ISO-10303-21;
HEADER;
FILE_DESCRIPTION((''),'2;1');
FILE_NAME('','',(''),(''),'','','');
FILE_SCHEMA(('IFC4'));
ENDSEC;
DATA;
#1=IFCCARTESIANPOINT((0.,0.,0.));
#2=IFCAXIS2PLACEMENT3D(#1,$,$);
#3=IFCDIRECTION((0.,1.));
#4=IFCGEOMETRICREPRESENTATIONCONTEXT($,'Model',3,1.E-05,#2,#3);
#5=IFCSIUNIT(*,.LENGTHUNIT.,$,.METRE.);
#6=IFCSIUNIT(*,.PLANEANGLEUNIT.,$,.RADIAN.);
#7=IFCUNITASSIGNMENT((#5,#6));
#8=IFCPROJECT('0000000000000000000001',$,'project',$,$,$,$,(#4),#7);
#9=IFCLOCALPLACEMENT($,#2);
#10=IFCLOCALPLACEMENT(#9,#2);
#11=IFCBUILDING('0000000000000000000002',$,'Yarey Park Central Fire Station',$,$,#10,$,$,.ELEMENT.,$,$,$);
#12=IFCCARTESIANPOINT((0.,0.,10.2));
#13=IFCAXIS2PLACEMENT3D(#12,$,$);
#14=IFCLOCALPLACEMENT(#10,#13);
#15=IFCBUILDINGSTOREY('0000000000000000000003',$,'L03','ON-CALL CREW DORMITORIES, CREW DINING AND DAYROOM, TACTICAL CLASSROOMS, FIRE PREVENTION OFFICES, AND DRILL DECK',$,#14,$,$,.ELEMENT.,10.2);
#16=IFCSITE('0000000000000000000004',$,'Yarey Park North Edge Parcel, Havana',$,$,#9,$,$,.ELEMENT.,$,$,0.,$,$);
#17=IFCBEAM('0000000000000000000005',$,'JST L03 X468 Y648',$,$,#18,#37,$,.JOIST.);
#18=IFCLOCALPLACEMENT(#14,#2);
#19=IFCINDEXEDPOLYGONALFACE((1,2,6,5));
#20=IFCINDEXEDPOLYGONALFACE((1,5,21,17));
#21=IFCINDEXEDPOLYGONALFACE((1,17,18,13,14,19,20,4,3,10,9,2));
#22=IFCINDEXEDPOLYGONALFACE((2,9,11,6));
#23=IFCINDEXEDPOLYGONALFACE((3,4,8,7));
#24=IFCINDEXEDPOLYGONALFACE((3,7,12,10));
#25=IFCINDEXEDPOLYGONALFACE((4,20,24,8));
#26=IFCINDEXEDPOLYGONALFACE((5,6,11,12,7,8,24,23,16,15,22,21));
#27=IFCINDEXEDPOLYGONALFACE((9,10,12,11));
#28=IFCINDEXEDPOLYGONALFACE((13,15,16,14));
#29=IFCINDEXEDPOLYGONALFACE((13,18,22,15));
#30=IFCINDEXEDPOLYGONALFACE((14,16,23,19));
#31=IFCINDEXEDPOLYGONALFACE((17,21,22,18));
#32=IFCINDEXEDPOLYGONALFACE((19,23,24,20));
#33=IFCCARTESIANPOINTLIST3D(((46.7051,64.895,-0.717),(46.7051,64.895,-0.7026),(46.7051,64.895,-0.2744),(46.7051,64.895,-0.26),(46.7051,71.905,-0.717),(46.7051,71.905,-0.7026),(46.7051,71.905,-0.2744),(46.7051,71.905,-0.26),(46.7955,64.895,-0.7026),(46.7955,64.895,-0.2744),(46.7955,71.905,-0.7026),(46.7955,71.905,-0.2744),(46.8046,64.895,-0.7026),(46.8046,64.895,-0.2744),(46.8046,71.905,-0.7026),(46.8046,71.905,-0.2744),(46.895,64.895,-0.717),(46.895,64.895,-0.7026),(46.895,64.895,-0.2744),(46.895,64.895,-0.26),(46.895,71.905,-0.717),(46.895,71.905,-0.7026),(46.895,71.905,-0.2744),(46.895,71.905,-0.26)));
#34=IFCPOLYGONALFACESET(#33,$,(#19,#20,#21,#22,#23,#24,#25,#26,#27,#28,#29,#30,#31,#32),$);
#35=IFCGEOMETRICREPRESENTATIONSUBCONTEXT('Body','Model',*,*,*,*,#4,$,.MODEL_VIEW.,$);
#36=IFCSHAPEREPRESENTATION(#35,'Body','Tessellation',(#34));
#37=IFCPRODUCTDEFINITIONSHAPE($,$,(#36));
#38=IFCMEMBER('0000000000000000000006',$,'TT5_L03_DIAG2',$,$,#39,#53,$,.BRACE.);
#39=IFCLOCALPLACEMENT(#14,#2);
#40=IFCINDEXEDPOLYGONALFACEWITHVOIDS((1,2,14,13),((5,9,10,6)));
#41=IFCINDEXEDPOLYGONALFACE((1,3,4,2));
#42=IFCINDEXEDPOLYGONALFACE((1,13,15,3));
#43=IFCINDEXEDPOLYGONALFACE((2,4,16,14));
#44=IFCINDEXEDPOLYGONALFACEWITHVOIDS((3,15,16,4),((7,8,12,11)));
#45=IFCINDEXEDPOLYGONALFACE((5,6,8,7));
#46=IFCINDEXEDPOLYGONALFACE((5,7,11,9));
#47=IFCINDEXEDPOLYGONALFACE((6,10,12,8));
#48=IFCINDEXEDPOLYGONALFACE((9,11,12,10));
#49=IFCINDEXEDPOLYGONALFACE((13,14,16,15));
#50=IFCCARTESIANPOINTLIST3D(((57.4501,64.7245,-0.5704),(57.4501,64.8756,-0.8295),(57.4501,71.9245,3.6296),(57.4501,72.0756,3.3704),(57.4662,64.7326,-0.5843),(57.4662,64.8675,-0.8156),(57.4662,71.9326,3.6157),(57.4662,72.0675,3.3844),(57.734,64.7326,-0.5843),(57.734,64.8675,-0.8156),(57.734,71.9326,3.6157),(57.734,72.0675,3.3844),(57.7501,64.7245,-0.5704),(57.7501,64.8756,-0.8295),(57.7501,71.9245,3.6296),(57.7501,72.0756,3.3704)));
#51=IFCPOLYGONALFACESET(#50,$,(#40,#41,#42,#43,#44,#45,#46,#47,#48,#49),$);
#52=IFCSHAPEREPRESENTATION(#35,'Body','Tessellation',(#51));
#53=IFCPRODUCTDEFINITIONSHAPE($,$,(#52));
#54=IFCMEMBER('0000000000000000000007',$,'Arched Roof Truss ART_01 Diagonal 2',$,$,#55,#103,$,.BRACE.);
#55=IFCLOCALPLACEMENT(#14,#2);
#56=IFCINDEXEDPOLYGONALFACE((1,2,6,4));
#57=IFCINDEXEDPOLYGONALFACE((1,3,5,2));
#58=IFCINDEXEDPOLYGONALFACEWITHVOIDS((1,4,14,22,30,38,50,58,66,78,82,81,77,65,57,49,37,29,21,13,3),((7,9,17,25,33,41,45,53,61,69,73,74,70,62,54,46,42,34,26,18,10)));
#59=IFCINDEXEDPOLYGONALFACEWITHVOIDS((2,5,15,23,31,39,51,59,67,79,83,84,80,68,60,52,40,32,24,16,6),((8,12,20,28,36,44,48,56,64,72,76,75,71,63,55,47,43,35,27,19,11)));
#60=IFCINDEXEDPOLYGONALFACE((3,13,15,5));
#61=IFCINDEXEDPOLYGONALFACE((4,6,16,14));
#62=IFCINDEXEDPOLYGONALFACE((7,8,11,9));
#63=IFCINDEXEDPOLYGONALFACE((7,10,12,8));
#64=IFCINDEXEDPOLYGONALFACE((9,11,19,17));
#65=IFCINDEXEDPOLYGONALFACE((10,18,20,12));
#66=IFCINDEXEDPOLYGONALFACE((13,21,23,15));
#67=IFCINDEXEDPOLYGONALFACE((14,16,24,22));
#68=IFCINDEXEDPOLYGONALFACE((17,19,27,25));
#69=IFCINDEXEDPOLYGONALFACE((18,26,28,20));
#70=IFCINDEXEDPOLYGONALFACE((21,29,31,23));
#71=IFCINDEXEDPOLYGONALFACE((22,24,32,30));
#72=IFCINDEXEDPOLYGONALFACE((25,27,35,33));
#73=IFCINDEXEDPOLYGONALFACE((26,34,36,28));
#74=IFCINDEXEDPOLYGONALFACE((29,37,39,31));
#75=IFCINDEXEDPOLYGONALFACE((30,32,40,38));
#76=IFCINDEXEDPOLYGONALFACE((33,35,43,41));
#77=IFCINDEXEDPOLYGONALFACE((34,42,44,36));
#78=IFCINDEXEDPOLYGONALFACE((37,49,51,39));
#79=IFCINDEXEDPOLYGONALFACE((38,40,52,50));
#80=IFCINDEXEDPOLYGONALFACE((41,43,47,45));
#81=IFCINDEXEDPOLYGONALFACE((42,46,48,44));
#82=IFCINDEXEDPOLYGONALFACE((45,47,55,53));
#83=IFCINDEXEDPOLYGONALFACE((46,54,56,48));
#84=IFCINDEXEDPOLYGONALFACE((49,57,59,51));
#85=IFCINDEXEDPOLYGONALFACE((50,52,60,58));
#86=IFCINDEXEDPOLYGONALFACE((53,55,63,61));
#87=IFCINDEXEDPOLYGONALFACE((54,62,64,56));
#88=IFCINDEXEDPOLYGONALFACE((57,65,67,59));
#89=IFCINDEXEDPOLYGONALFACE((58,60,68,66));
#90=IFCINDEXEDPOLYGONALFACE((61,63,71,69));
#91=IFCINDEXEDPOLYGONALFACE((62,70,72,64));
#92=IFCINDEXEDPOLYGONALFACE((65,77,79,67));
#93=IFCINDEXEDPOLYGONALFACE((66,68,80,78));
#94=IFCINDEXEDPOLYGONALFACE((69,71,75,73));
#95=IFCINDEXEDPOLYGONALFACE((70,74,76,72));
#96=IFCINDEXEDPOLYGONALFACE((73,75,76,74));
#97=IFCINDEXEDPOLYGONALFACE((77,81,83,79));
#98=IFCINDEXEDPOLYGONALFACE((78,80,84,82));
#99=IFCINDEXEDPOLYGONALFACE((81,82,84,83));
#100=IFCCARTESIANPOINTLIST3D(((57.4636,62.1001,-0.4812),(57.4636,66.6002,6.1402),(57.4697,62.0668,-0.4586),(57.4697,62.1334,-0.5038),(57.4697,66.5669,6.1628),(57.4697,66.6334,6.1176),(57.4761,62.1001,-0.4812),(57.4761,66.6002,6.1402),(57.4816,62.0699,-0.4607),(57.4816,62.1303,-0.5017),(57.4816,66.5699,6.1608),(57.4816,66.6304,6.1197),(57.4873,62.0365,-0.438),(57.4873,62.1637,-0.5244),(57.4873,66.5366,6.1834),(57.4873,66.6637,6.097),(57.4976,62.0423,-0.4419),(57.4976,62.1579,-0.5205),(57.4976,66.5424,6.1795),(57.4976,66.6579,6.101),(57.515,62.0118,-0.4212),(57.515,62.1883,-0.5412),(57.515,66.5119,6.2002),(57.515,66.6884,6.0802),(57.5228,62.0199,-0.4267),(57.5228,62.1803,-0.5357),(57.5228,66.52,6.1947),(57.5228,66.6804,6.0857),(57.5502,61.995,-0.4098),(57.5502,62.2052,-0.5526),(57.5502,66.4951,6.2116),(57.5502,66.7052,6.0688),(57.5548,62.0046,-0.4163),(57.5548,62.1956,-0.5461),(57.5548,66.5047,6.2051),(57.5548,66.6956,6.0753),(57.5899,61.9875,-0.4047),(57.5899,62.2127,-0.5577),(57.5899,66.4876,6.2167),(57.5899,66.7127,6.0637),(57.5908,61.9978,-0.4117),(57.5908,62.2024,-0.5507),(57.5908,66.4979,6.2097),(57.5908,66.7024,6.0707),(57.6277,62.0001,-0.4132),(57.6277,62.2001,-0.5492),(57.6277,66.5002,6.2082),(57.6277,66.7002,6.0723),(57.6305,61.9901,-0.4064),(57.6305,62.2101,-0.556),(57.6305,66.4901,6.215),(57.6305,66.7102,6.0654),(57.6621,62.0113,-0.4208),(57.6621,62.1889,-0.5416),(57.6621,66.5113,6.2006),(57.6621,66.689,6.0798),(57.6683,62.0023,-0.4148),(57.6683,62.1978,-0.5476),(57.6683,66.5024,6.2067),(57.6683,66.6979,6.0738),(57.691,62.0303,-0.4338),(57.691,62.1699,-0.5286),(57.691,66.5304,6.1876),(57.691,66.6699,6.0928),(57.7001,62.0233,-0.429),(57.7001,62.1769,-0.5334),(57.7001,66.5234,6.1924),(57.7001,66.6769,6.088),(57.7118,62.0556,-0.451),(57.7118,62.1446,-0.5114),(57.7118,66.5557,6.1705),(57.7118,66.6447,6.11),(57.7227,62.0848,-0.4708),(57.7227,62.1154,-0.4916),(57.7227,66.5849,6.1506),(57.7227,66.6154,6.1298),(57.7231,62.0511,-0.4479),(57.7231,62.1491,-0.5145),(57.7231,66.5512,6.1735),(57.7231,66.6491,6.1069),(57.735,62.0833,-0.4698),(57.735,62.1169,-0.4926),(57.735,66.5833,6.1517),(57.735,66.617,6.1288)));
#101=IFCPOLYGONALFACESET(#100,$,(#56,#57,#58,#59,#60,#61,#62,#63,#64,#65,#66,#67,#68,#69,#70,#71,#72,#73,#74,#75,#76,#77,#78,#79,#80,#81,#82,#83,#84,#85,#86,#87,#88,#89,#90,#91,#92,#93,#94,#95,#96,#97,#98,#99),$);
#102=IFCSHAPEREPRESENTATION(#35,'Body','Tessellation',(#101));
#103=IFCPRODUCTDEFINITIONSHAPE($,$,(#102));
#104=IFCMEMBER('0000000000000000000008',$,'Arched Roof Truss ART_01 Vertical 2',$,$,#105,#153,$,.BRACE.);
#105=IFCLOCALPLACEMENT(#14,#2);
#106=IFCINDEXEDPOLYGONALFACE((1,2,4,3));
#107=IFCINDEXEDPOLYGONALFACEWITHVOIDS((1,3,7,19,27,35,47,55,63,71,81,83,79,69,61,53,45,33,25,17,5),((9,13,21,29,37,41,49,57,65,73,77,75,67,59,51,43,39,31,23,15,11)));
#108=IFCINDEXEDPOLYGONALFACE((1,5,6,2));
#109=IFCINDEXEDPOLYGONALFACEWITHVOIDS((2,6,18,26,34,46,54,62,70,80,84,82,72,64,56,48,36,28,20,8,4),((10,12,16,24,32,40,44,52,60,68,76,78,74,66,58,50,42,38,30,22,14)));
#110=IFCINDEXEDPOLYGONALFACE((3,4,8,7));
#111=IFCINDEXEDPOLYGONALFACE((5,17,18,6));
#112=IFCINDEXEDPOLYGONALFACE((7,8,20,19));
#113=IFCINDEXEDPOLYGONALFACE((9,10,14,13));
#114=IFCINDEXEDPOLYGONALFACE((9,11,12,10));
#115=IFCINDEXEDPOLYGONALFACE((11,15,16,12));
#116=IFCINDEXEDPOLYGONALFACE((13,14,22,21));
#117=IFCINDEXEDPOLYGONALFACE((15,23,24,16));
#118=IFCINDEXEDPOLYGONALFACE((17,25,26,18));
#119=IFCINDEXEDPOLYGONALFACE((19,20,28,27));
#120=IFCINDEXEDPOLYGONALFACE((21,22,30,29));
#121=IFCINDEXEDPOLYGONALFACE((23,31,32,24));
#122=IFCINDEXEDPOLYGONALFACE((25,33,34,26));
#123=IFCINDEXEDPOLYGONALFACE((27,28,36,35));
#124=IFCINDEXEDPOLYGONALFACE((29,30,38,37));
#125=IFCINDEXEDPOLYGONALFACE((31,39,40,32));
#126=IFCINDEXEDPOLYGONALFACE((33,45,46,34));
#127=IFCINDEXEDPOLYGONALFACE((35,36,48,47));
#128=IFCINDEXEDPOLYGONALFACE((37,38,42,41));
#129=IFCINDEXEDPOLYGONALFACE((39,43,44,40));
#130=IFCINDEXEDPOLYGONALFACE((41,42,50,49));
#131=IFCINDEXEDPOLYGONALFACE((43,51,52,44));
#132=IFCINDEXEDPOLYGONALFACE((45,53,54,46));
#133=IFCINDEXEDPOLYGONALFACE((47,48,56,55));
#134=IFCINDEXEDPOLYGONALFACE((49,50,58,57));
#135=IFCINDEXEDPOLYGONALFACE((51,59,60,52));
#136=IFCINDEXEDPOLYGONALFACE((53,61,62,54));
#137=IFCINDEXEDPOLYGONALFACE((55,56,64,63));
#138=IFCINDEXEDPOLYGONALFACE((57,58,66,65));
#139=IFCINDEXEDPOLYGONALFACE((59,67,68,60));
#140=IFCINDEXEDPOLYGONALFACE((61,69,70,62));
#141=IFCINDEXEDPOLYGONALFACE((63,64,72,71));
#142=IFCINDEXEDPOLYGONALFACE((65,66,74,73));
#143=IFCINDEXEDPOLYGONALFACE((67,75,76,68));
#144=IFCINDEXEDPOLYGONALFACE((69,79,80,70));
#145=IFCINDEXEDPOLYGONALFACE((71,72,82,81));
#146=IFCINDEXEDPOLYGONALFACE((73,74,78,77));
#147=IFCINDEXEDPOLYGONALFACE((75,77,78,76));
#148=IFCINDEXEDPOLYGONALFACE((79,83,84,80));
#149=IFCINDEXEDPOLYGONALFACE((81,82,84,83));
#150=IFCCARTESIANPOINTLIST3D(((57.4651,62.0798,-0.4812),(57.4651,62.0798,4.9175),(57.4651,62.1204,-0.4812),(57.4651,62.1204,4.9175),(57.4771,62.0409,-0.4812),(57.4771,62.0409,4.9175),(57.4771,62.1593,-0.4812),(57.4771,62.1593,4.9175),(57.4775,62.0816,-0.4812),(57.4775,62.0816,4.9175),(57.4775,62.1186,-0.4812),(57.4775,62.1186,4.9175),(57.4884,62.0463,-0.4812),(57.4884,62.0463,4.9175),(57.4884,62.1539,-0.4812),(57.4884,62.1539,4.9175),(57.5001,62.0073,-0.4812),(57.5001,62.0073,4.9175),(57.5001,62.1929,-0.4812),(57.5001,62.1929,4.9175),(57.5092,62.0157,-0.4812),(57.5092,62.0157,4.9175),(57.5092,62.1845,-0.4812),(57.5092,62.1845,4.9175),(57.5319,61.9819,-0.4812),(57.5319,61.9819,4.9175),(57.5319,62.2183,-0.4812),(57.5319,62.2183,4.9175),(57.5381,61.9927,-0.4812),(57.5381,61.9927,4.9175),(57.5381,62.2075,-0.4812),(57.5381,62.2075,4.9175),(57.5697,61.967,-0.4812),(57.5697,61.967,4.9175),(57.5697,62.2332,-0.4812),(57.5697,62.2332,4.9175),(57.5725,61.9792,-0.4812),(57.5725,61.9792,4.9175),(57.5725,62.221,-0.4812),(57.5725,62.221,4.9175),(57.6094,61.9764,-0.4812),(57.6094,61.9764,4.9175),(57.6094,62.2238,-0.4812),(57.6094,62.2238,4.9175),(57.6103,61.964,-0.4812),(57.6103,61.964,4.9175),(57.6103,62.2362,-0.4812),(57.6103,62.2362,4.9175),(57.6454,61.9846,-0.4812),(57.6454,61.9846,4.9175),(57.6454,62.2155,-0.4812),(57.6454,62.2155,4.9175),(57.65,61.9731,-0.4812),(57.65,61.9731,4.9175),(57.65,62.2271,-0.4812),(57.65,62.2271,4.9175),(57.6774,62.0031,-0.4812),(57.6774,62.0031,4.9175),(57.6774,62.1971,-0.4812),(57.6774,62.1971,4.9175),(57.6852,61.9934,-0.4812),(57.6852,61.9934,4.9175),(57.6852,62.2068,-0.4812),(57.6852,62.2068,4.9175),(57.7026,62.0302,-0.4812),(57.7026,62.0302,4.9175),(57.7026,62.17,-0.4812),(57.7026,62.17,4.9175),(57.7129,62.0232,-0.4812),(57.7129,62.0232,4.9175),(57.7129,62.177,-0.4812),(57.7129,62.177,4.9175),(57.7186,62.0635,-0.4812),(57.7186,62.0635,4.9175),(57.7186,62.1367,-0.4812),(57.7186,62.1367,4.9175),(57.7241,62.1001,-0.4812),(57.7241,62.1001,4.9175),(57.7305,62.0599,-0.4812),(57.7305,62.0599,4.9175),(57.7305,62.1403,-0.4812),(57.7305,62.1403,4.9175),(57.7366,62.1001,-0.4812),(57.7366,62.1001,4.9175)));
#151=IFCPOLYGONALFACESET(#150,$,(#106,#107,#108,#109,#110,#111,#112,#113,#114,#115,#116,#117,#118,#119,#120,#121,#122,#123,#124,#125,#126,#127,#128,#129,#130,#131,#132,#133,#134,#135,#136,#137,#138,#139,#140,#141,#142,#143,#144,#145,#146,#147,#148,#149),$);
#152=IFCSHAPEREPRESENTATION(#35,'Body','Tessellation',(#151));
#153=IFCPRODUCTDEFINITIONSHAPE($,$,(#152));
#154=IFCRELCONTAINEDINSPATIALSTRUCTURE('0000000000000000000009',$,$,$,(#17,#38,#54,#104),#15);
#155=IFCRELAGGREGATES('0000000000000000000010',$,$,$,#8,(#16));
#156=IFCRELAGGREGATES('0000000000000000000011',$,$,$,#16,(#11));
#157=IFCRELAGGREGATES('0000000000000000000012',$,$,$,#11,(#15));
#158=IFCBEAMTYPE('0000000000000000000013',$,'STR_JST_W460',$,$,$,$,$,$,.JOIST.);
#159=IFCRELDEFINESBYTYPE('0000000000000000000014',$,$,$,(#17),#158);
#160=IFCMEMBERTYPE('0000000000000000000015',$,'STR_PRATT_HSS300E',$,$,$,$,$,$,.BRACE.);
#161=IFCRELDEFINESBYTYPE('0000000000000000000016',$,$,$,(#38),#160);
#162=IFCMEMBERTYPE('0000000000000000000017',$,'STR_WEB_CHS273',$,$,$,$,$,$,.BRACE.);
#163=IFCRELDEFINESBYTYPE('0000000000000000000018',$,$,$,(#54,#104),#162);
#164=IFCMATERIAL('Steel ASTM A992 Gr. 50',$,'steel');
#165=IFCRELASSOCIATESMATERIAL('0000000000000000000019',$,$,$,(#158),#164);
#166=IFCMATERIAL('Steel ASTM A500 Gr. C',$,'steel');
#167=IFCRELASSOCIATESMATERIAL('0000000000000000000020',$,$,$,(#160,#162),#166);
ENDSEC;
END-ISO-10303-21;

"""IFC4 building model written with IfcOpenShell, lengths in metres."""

from ifc_helpers import new_model, si_unit, direction, frame, origin, origin_2d, place, context, subcontext, project, spatial, hollow_rectangle, hollow_circle, i_section, extrude, material, material_profile, profile_set, type_object, element, save


model = new_model("IFC4")

# Units and contexts
model_context = context("Model", 3, precision=1e-05, world=origin(), true_north=direction((0.0, 1.0)))
body_context = subcontext(model_context, "Body", "Model", "MODEL_VIEW")
ifc_project = project(units=[si_unit("LENGTHUNIT", "METRE"), si_unit("PLANEANGLEUNIT", "RADIAN")], contexts=[model_context])

# Site, building, storey
site_placement = place(None, origin())
site = spatial("IfcSite", under=ifc_project, at=site_placement, Name="Yarey Park North Edge Parcel, Havana", CompositionType="ELEMENT", RefElevation=0.0)
building_placement = place(site_placement, origin())
building = spatial("IfcBuilding", under=site, at=building_placement, Name="Yarey Park Central Fire Station", CompositionType="ELEMENT")
storey_placement = place(building_placement, frame((0.0, 0.0, 10.2)))
storey = spatial("IfcBuildingStorey", under=building, at=storey_placement, Name="L03", Description="ON-CALL CREW DORMITORIES, CREW DINING AND DAYROOM, TACTICAL CLASSROOMS, FIRE PREVENTION OFFICES, AND DRILL DECK", CompositionType="ELEMENT", Elevation=10.2)

# Shared definitions
ifc_material_1 = material(Name="Steel ASTM A992 Gr. 50", Category="steel")

# Shared definitions
ifc_material_2 = material(Name="Steel ASTM A500 Gr. C", Category="steel")

# Beam
ifc_material_profile_1 = material_profile(ifc_material_1, i_section(OverallWidth=0.1899, OverallDepth=0.457, WebThickness=0.009, FlangeThickness=0.0144, at=origin_2d()), Name="W460x74")
ifc_profile_set_1 = profile_set([ifc_material_profile_1], Name="Steel ASTM A992 Gr. 50")
beam_type_1 = type_object("IfcBeamType", Name="STR_JST_W460", PredefinedType="JOIST", material=ifc_profile_set_1)
beam_1_placement = place(storey_placement, frame((46.8, 64.895, -0.4885), z_axis=(0.0, 1.0, 0.0), x_axis=(-1.0, 0.0, 0.0)))
element("IfcBeam", 1, at=beam_1_placement, inside=storey, type_object=beam_type_1, Name="JST L03 X468 Y648", PredefinedType="JOIST", context=body_context, shape_type="SweptSolid", body=[
    extrude(i_section(OverallWidth=0.1899, OverallDepth=0.457, WebThickness=0.009, FlangeThickness=0.0144, at=origin_2d()), origin(), (0.0, 0.0, 1.0), 7.01),
])

# Members
ifc_material_profile_2 = material_profile(ifc_material_2, hollow_rectangle(XDim=0.3, YDim=0.3, WallThickness=0.0161, at=origin_2d()), Name="HSS 300x300x16")
ifc_profile_set_2 = profile_set([ifc_material_profile_2], Name="Steel ASTM A500 Gr. C")
member_type_1 = type_object("IfcMemberType", Name="STR_PRATT_HSS300E", PredefinedType="BRACE", material=ifc_profile_set_2)
member_1_placement = place(storey_placement, frame((57.6001, 64.8, -0.7), z_axis=(0.0, 0.86378, 0.503869), x_axis=(-1.0, 0.0, 0.0)))
element("IfcMember", 2, at=member_1_placement, inside=storey, type_object=member_type_1, Name="TT5_L03_DIAG2", PredefinedType="BRACE", context=body_context, shape_type="SweptSolid", body=[
    extrude(hollow_rectangle(XDim=0.3, YDim=0.3, WallThickness=0.0161, at=origin_2d()), origin(), (0.0, 0.0, 1.0), 8.3354),
])
ifc_material_profile_3 = material_profile(ifc_material_2, hollow_circle(Radius=0.1365, WallThickness=0.0125, at=origin_2d()), Name="CHS 273x12.5")
ifc_profile_set_3 = profile_set([ifc_material_profile_3], Name="Steel ASTM A500 Gr. C")
member_type_2 = type_object("IfcMemberType", Name="STR_WEB_CHS273", PredefinedType="BRACE", material=ifc_profile_set_3)
member_2_placement = place(storey_placement, frame((57.6001, 62.1001, -0.4812), z_axis=(0.0, 0.562096, 0.827072), x_axis=(-1.0, 0.0, 0.0)))
element("IfcMember", 3, at=member_2_placement, inside=storey, type_object=member_type_2, Name="Arched Roof Truss ART_01 Diagonal 2", PredefinedType="BRACE", context=body_context, shape_type="SweptSolid", body=[
    extrude(hollow_circle(Radius=0.1365, WallThickness=0.0125, at=origin_2d()), origin(), (0.0, 0.0, 1.0), 8.0059),
])
member_3_placement = place(storey_placement, frame((57.6001, 62.1001, -0.4812), z_axis=(0.0, 0.0, 1.0), x_axis=(1.0, 0.0, 0.0)))
element("IfcMember", 4, at=member_3_placement, inside=storey, type_object=member_type_2, Name="Arched Roof Truss ART_01 Vertical 2", PredefinedType="BRACE", context=body_context, shape_type="SweptSolid", body=[
    extrude(hollow_circle(Radius=0.1365, WallThickness=0.0125, at=origin_2d()), origin(), (0.0, 0.0, 1.0), 5.3987),
])

save(model, "model.ifc")
